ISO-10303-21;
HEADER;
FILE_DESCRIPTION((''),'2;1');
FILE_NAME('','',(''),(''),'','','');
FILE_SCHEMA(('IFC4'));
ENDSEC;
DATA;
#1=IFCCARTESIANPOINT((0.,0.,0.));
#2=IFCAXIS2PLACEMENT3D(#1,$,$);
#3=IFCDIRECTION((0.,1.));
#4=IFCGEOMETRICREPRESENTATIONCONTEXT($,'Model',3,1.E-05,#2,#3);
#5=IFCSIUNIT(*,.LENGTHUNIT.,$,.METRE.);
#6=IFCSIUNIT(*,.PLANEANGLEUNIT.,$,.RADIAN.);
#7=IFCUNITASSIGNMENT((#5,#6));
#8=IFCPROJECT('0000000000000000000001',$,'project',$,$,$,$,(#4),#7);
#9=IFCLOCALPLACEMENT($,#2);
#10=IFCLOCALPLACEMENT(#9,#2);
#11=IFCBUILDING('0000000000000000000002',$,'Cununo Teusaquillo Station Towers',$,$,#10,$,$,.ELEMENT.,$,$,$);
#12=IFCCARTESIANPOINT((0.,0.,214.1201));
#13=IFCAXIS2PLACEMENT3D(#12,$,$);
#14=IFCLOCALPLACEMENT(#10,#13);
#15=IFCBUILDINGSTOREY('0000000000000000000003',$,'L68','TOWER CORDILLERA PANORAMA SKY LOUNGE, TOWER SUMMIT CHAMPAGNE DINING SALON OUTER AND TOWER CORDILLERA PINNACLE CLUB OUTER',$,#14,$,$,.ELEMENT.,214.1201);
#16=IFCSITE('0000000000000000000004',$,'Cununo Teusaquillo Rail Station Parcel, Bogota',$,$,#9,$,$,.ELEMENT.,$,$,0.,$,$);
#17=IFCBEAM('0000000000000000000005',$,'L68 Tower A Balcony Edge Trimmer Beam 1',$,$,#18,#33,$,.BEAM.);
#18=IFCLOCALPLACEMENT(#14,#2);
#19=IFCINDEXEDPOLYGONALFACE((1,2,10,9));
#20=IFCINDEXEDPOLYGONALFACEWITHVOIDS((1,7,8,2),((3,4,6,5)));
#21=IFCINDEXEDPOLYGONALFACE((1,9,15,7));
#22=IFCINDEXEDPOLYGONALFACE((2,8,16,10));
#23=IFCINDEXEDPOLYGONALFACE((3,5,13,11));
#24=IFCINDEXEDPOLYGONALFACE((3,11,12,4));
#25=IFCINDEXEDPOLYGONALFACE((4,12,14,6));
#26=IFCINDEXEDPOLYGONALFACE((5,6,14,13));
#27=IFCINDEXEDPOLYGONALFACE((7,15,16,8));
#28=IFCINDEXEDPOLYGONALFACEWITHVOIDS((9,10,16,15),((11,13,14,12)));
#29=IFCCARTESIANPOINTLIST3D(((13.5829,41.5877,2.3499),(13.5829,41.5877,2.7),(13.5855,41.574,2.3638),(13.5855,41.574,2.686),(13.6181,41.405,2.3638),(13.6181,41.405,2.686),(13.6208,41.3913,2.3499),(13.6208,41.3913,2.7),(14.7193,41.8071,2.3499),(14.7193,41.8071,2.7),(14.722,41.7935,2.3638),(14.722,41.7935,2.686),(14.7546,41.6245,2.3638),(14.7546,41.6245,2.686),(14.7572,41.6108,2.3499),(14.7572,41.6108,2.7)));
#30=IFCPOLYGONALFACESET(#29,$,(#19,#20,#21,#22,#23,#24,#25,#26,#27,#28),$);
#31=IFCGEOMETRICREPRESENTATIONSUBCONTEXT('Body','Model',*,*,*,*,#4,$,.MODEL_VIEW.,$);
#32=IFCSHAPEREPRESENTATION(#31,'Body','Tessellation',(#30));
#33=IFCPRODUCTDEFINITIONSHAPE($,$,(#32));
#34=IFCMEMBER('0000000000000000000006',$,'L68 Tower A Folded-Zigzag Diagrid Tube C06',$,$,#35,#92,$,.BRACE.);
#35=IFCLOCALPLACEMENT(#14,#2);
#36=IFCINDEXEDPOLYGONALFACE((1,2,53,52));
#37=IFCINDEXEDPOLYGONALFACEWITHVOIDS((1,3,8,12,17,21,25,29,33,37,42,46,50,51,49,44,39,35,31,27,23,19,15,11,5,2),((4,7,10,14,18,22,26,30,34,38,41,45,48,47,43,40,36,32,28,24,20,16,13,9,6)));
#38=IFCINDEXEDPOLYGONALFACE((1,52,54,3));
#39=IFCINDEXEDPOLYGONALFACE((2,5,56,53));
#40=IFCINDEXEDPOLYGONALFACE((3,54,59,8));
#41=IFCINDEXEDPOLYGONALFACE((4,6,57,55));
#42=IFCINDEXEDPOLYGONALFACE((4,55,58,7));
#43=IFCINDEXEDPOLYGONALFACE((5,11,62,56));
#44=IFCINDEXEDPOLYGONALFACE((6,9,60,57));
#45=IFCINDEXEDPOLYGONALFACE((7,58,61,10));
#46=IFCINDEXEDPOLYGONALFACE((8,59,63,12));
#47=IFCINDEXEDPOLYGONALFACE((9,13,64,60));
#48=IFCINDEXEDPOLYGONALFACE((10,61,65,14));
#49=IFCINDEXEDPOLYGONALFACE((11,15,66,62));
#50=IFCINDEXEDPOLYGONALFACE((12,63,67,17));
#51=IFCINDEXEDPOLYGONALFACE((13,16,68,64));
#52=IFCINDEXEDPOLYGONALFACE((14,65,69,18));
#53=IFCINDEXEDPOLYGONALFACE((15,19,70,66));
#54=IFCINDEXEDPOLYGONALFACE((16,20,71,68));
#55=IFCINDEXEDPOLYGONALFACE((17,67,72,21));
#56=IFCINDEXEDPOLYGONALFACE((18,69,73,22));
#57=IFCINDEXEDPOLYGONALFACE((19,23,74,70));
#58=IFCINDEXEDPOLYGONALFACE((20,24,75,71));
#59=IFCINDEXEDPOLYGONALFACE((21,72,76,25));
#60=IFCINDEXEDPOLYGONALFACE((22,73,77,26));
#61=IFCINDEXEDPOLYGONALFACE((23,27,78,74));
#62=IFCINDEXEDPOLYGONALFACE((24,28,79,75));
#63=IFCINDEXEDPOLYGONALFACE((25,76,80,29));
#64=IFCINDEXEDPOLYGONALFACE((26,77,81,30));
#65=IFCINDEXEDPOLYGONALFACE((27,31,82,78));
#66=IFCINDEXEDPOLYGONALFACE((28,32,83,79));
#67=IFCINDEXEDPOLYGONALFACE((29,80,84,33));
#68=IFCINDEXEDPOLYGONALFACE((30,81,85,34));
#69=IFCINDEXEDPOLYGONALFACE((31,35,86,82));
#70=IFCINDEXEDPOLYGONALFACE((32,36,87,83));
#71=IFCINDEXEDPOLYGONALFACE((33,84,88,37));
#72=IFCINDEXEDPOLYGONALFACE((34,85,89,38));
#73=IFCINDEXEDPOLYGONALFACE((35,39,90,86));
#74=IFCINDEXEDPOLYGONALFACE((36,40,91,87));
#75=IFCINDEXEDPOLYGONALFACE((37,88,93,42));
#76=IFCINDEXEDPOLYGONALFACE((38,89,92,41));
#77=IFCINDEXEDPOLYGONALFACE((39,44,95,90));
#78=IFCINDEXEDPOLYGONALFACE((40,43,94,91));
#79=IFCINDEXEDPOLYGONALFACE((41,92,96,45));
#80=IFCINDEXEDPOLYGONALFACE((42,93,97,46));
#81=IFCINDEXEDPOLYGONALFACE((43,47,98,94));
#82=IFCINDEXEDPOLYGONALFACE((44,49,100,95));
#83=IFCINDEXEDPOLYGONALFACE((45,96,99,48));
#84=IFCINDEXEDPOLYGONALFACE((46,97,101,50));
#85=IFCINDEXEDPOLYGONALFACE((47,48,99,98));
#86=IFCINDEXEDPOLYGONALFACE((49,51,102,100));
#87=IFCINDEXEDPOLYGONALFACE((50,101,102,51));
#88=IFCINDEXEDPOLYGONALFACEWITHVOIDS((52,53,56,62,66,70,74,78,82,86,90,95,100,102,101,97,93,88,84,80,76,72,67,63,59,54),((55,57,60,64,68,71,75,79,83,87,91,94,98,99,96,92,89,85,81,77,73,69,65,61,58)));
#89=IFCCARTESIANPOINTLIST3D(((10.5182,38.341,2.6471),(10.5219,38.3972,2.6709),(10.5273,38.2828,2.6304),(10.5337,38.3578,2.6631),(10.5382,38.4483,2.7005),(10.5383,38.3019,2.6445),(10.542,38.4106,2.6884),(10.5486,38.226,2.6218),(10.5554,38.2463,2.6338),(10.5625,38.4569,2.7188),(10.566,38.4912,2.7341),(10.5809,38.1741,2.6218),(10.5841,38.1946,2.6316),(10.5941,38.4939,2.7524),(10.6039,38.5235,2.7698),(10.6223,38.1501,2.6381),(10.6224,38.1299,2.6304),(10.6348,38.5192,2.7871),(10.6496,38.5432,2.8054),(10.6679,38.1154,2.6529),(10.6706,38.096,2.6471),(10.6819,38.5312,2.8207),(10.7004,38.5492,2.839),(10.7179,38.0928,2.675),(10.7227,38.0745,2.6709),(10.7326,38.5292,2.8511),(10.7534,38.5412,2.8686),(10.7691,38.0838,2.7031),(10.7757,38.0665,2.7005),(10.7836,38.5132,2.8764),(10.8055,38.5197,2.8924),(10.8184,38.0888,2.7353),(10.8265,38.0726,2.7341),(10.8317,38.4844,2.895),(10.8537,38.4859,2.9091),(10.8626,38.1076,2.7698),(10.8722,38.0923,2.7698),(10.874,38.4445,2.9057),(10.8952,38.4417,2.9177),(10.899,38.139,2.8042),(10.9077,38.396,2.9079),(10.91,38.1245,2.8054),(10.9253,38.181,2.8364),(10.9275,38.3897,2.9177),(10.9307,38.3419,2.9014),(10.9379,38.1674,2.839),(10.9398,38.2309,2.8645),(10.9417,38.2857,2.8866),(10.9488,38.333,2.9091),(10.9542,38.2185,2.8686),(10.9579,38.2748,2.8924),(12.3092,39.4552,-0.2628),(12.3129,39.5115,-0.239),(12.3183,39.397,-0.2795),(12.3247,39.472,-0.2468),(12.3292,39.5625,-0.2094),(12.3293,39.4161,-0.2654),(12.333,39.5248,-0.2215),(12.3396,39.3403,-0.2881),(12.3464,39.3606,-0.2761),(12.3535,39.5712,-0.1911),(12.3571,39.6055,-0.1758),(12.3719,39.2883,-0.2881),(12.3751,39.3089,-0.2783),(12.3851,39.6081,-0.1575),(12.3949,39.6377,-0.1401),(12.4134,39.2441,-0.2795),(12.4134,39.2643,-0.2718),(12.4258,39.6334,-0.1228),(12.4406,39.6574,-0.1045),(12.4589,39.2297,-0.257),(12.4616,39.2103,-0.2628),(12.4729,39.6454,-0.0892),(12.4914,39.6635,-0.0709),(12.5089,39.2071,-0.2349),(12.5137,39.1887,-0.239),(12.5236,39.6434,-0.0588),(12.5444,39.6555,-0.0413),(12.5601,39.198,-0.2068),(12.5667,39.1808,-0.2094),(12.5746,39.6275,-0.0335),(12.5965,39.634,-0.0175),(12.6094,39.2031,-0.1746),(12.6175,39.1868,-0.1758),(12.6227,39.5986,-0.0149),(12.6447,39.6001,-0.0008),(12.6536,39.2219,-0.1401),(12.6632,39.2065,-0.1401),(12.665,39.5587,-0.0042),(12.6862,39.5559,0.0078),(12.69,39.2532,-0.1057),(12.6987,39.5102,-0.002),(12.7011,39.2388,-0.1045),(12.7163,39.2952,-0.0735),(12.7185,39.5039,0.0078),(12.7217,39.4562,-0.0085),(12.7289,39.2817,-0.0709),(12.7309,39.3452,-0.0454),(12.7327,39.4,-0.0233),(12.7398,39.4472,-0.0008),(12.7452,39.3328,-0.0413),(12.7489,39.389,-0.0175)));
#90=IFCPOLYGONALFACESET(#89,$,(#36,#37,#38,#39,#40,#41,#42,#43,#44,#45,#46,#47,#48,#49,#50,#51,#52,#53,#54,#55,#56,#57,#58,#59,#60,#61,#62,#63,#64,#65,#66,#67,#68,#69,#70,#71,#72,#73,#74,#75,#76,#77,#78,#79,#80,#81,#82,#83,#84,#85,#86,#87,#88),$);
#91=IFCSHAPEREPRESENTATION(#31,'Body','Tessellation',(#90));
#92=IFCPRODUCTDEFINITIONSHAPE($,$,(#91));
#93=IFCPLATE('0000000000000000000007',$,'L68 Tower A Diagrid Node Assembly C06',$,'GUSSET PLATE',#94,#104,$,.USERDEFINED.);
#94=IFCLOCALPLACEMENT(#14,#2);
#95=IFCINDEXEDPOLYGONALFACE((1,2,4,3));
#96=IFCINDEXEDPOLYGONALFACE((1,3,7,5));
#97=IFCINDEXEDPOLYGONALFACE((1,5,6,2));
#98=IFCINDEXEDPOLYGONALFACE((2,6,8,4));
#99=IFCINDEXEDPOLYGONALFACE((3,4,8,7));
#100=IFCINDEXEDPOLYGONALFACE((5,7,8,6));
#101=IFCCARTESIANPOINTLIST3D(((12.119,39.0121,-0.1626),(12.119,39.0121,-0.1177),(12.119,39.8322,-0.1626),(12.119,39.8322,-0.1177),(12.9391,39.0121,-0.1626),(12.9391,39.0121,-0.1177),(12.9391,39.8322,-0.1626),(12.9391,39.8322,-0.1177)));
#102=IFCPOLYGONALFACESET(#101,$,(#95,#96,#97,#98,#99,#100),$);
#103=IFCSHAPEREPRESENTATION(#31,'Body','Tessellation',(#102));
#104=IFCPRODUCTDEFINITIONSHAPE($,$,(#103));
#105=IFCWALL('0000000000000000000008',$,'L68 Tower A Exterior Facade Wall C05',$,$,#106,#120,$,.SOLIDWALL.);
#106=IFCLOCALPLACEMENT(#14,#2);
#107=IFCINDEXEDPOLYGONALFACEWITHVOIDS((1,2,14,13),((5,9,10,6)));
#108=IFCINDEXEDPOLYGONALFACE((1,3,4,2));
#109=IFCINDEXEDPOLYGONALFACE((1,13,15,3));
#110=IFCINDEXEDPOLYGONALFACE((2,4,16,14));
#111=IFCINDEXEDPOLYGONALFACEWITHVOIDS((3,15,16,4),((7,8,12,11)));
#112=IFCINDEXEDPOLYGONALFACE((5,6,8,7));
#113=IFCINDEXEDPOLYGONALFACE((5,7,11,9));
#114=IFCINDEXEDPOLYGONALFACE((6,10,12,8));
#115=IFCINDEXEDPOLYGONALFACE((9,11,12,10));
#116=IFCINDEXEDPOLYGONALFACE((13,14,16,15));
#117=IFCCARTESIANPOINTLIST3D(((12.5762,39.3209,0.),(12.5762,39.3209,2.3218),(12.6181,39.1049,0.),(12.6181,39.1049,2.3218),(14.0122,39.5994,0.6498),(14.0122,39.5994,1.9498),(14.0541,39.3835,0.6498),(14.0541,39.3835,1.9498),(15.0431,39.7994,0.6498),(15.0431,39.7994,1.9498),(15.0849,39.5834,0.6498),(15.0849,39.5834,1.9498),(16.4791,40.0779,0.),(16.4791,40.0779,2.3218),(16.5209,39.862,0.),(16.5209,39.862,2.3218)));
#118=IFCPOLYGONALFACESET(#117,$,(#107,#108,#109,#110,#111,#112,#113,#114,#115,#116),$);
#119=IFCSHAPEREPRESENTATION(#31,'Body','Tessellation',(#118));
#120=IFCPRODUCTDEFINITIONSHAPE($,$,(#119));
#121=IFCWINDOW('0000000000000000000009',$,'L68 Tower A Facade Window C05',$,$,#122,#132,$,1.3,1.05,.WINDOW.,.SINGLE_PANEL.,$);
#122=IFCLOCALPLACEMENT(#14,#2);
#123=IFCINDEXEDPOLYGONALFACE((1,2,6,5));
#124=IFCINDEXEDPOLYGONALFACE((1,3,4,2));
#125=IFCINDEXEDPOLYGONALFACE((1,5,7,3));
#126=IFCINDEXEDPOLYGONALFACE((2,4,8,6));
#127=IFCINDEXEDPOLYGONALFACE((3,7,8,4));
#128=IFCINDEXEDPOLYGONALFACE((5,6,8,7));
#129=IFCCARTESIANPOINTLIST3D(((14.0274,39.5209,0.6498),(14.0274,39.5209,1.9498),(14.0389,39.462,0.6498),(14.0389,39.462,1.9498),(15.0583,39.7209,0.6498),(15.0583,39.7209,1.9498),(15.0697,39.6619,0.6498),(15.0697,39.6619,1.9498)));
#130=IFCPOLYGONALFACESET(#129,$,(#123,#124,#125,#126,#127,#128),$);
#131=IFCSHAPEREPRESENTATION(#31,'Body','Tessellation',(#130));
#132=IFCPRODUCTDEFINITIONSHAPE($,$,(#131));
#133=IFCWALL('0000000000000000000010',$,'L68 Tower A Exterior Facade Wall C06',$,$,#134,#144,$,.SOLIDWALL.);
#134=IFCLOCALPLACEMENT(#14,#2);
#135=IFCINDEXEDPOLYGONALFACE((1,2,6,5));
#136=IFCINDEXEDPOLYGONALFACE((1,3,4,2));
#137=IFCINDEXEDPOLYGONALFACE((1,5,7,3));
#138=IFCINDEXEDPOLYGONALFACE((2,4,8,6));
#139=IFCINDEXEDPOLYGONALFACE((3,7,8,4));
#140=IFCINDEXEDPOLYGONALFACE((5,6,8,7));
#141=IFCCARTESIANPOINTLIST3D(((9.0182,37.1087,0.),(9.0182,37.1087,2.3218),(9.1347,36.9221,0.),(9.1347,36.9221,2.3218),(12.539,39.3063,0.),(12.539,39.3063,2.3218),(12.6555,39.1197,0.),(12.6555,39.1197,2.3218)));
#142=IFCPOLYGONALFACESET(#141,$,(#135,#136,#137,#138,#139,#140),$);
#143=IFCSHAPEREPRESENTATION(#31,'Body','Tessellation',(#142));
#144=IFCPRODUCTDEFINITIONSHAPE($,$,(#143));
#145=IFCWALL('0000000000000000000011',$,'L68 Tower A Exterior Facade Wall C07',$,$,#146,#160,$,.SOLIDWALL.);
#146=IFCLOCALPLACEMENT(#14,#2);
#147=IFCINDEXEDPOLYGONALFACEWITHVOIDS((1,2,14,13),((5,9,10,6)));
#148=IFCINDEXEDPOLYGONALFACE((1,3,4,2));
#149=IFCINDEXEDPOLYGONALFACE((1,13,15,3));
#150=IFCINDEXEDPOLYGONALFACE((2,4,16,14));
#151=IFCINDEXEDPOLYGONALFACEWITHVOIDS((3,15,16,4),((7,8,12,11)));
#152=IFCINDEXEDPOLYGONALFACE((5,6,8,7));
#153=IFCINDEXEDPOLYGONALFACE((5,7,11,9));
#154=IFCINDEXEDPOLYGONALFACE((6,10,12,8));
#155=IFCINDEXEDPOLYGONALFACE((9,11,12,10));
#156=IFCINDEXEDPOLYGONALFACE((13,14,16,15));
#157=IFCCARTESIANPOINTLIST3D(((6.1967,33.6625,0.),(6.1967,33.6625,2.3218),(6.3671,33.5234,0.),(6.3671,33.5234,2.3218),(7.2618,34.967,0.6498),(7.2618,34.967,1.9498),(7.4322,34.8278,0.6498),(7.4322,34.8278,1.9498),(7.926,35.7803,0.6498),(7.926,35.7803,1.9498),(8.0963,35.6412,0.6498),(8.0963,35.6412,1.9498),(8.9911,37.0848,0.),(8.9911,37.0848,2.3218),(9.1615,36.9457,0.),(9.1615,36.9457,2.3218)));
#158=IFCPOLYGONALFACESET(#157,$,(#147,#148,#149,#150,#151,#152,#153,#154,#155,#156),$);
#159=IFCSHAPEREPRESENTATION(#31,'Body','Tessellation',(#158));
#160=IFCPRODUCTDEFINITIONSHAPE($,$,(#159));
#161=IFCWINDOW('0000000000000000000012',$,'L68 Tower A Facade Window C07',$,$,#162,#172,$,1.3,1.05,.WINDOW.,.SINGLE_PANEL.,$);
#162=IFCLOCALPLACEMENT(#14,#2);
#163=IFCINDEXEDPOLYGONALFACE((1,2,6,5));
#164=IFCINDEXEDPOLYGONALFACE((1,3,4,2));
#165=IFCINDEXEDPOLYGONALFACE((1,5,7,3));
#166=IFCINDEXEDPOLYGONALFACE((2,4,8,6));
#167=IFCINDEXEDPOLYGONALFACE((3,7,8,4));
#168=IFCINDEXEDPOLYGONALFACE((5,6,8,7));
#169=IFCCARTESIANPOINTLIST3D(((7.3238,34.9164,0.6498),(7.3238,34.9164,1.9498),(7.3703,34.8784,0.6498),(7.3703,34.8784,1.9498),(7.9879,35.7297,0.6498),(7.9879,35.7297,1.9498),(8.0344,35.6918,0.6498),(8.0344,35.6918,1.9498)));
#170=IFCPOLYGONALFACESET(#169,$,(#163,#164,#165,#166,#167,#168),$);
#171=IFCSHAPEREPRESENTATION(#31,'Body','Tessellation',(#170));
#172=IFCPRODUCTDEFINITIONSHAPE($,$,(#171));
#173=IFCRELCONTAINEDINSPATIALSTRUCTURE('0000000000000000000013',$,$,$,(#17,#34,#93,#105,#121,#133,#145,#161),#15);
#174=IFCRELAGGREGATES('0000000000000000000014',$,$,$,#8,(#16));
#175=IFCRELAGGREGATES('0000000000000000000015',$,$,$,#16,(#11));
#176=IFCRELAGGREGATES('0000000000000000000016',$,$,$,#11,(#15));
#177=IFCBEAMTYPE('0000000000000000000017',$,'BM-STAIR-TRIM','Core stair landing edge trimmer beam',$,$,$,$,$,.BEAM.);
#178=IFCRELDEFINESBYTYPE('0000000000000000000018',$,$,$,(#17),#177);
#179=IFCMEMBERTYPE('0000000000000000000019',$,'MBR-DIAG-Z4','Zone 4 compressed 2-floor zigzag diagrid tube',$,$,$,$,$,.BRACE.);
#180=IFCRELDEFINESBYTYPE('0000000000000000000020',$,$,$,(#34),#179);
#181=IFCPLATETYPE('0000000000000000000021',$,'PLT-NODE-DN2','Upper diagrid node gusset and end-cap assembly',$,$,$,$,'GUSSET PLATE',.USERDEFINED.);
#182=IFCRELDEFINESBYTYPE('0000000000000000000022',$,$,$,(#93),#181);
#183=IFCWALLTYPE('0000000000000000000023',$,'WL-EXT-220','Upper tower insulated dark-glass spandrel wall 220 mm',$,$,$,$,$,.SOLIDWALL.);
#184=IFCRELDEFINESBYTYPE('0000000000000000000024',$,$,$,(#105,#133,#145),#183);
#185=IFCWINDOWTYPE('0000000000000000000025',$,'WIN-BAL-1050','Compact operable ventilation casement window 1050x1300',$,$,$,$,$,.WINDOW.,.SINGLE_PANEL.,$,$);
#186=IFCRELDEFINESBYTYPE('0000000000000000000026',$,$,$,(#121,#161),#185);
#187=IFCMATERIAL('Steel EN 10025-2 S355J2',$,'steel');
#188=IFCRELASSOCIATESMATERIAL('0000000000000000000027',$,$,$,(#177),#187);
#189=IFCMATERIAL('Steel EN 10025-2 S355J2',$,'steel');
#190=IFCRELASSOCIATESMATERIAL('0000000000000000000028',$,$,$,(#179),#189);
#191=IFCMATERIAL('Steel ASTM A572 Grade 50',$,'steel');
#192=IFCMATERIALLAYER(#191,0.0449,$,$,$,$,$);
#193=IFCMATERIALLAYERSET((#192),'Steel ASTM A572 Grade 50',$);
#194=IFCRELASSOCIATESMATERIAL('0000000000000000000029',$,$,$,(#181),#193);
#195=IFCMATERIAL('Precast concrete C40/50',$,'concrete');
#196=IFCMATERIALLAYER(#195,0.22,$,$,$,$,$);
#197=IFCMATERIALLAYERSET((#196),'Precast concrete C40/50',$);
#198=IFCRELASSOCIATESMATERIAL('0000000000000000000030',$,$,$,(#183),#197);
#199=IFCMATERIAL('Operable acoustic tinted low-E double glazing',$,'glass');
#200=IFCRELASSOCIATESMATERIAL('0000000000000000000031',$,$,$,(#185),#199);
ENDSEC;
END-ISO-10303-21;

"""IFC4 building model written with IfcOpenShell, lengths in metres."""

from ifc_helpers import new_model, si_unit, direction, frame, frame_2d, origin, origin_2d, place, context, subcontext, project, spatial, rectangle, hollow_rectangle, hollow_circle, extrude, source, transform, mapped, material, layer, layer_set, material_profile, profile_set, type_object, element, fill, save


model = new_model("IFC4")

# Units and contexts
model_context = context("Model", 3, precision=1e-05, world=origin(), true_north=direction((0.0, 1.0)))
body_context = subcontext(model_context, "Body", "Model", "MODEL_VIEW")
ifc_project = project(units=[si_unit("LENGTHUNIT", "METRE"), si_unit("PLANEANGLEUNIT", "RADIAN")], contexts=[model_context])

# Site, building, storey
site_placement = place(None, origin())
site = spatial("IfcSite", under=ifc_project, at=site_placement, Name="Cununo Teusaquillo Rail Station Parcel, Bogota", CompositionType="ELEMENT", RefElevation=0.0)
building_placement = place(site_placement, origin())
building = spatial("IfcBuilding", under=site, at=building_placement, Name="Cununo Teusaquillo Station Towers", CompositionType="ELEMENT")
storey_placement = place(building_placement, frame((0.0, 0.0, 214.1201)))
storey = spatial("IfcBuildingStorey", under=building, at=storey_placement, Name="L68", Description="TOWER CORDILLERA PANORAMA SKY LOUNGE, TOWER SUMMIT CHAMPAGNE DINING SALON OUTER AND TOWER CORDILLERA PINNACLE CLUB OUTER", CompositionType="ELEMENT", Elevation=214.1201)

# Beam
ifc_material_1 = material(Name="Steel EN 10025-2 S355J2", Category="steel")
ifc_material_profile_1 = material_profile(ifc_material_1, hollow_rectangle(XDim=0.2, YDim=0.3501, WallThickness=0.0139, at=origin_2d()), Name="RHS 350x200x14")
ifc_profile_set_1 = profile_set([ifc_material_profile_1], Name="Steel EN 10025-2 S355J2")
beam_type_1 = type_object("IfcBeamType", Name="BM-STAIR-TRIM", Description="Core stair landing edge trimmer beam", PredefinedType="BEAM", material=ifc_profile_set_1)
beam_1_placement = place(storey_placement, frame((14.7383, 41.709, 2.5249), z_axis=(-0.981857, -0.189622, 0.0), x_axis=(0.189622, -0.981857, 0.0)))
element("IfcBeam", 1, at=beam_1_placement, inside=storey, type_object=beam_type_1, Name="L68 Tower A Balcony Edge Trimmer Beam 1", PredefinedType="BEAM", context=body_context, shape_type="SweptSolid", body=[
    extrude(hollow_rectangle(XDim=0.2, YDim=0.3501, WallThickness=0.0139, at=origin_2d()), origin(), (0.0, 0.0, 1.0), 1.1575),
])

# Member
ifc_material_2 = material(Name="Steel EN 10025-2 S355J2", Category="steel")
ifc_material_profile_2 = material_profile(ifc_material_2, hollow_circle(Radius=0.2539, WallThickness=0.0181, at=origin_2d()), Name="CHS 508x18")
ifc_profile_set_2 = profile_set([ifc_material_profile_2], Name="Steel EN 10025-2 S355J2")
member_type = type_object("IfcMemberType", Name="MBR-DIAG-Z4", Description="Zone 4 compressed 2-floor zigzag diagrid tube", PredefinedType="BRACE", material=ifc_profile_set_2)
member_placement = place(storey_placement, frame((12.5291, 39.4221, -0.1401), z_axis=(-0.498334, -0.310032, 0.809656), x_axis=(0.52825, -0.849089, 0.0)))
element("IfcMember", 2, at=member_placement, inside=storey, type_object=member_type, Name="L68 Tower A Folded-Zigzag Diagrid Tube C06", PredefinedType="BRACE", context=body_context, shape_type="SweptSolid", body=[
    extrude(hollow_circle(Radius=0.2539, WallThickness=0.0181, at=origin_2d()), origin(), (0.0, 0.0, 1.0), 3.594),
])

# Plate
ifc_material_3 = material(Name="Steel ASTM A572 Grade 50", Category="steel")
ifc_layer_1 = layer(ifc_material_3, 0.0449)
ifc_layer_set_1 = layer_set([ifc_layer_1], Name="Steel ASTM A572 Grade 50")
plate_type = type_object("IfcPlateType", Name="PLT-NODE-DN2", Description="Upper diagrid node gusset and end-cap assembly", ElementType="GUSSET PLATE", PredefinedType="USERDEFINED", material=ifc_layer_set_1)
shared_shape_1 = source(origin(), body_context, "Body", "SweptSolid", [
    extrude(rectangle(XDim=0.8201, YDim=0.8201, at=origin_2d()), origin(), (0.0, 0.0, 1.0), 0.0449),
])
plate_placement = place(storey_placement, frame((12.5291, 39.4221, -0.1626), z_axis=(0.0, 0.0, 1.0), x_axis=(1.0, 0.0, 0.0)))
element("IfcPlate", 3, at=plate_placement, inside=storey, type_object=plate_type, Name="L68 Tower A Diagrid Node Assembly C06", ObjectType="GUSSET PLATE", PredefinedType="USERDEFINED", context=body_context, shape_type="MappedRepresentation", body=[
    mapped(shared_shape_1, transform((0.0, 0.0, 0.0), x_axis=(1.0, 0.0, 0.0), y_axis=(0.0, 1.0, 0.0), z_axis=(0.0, 0.0, 1.0), scale=1.0)),
])

# Wall, opening, window
ifc_material_4 = material(Name="Precast concrete C40/50", Category="concrete")
ifc_layer_2 = layer(ifc_material_4, 0.22)
ifc_layer_set_2 = layer_set([ifc_layer_2], Name="Precast concrete C40/50")
wall_type_1 = type_object("IfcWallType", Name="WL-EXT-220", Description="Upper tower insulated dark-glass spandrel wall 220 mm", PredefinedType="SOLIDWALL", material=ifc_layer_set_2)
wall_1_placement = place(storey_placement, frame((12.5972, 39.2129, 0.0), z_axis=(0.0, 0.0, 1.0), x_axis=(0.9817, 0.190432, 0.0)))
wall_1 = element("IfcWall", 4, at=wall_1_placement, inside=storey, type_object=wall_type_1, Name="L68 Tower A Exterior Facade Wall C05", PredefinedType="SOLIDWALL", context=body_context, shape_type="SweptSolid", body=[
    extrude(rectangle(XDim=3.9756, YDim=0.22, at=frame_2d((1.9878, 0.0))), origin(), (0.0, 0.0, 1.0), 2.3218),
])
shared_shape_2 = source(origin(), body_context, "Body", "SweptSolid", [
    extrude(rectangle(XDim=1.05, YDim=1.3, at=frame_2d((0.5249, 0.6499))), frame((0.0, 0.1199, 0.0), z_axis=(0.0, -1.0, 0.0), x_axis=(1.0, 0.0, 0.0)), (0.0, 0.0, 1.0), 0.24),
])
opening_1_placement = place(wall_1_placement, frame((1.4629, 0.0, 0.6499)))
opening_1 = element("IfcOpeningElement", 5, at=opening_1_placement, cuts=wall_1, PredefinedType="OPENING", context=body_context, shape_type="MappedRepresentation", body=[
    mapped(shared_shape_2, transform((0.0, 0.0, 0.0), x_axis=(1.0, 0.0, 0.0), y_axis=(0.0, 1.0, 0.0), z_axis=(0.0, 0.0, 1.0), scale=1.0)),
])
ifc_material_5 = material(Name="Operable acoustic tinted low-E double glazing", Category="glass")
window_type = type_object("IfcWindowType", Name="WIN-BAL-1050", Description="Compact operable ventilation casement window 1050x1300", PartitioningType="SINGLE_PANEL", PredefinedType="WINDOW", material=ifc_material_5)
shared_shape_3 = source(origin(), body_context, "Body", "SweptSolid", [
    extrude(rectangle(XDim=1.05, YDim=1.3, at=frame_2d((0.5249, 0.6499))), frame((0.0, 0.03, 0.0), z_axis=(0.0, -1.0, 0.0), x_axis=(1.0, 0.0, 0.0)), (0.0, 0.0, 1.0), 0.0601),
])
window_1_placement = place(opening_1_placement, origin())
window_1 = element("IfcWindow", 6, at=window_1_placement, inside=storey, type_object=window_type, Name="L68 Tower A Facade Window C05", OverallHeight=1.3, OverallWidth=1.05, PartitioningType="SINGLE_PANEL", PredefinedType="WINDOW", context=body_context, shape_type="MappedRepresentation", body=[
    mapped(shared_shape_3, transform((0.0, 0.0, 0.0), x_axis=(1.0, 0.0, 0.0), y_axis=(0.0, 1.0, 0.0), z_axis=(0.0, 0.0, 1.0), scale=1.0)),
])
fill(opening_1, window_1)

# Wall
wall_2_placement = place(storey_placement, frame((9.0764, 37.0154, 0.0), z_axis=(0.0, 0.0, 1.0), x_axis=(0.848319, 0.529486, 0.0)))
element("IfcWall", 7, at=wall_2_placement, inside=storey, type_object=wall_type_1, Name="L68 Tower A Exterior Facade Wall C06", PredefinedType="SOLIDWALL", context=body_context, shape_type="SweptSolid", body=[
    extrude(rectangle(XDim=4.1504, YDim=0.22, at=frame_2d((2.0752, 0.0))), origin(), (0.0, 0.0, 1.0), 2.3218),
])

# Wall, opening, window
wall_3_placement = place(storey_placement, frame((6.282, 33.593, 0.0), z_axis=(0.0, 0.0, 1.0), x_axis=(0.632467, 0.774587, 0.0)))
wall_3 = element("IfcWall", 8, at=wall_3_placement, inside=storey, type_object=wall_type_1, Name="L68 Tower A Exterior Facade Wall C07", PredefinedType="SOLIDWALL", context=body_context, shape_type="SweptSolid", body=[
    extrude(rectangle(XDim=4.4182, YDim=0.22, at=frame_2d((2.209, 0.0))), origin(), (0.0, 0.0, 1.0), 2.3218),
])
opening_2_placement = place(wall_3_placement, frame((1.6841, 0.0, 0.6499)))
opening_2 = element("IfcOpeningElement", 9, at=opening_2_placement, cuts=wall_3, PredefinedType="OPENING", context=body_context, shape_type="MappedRepresentation", body=[
    mapped(shared_shape_2, transform((0.0, 0.0, 0.0), x_axis=(1.0, 0.0, 0.0), y_axis=(0.0, 1.0, 0.0), z_axis=(0.0, 0.0, 1.0), scale=1.0)),
])
window_2_placement = place(opening_2_placement, origin())
window_2 = element("IfcWindow", 10, at=window_2_placement, inside=storey, type_object=window_type, Name="L68 Tower A Facade Window C07", OverallHeight=1.3, OverallWidth=1.05, PartitioningType="SINGLE_PANEL", PredefinedType="WINDOW", context=body_context, shape_type="MappedRepresentation", body=[
    mapped(shared_shape_3, transform((0.0, 0.0, 0.0), x_axis=(1.0, 0.0, 0.0), y_axis=(0.0, 1.0, 0.0), z_axis=(0.0, 0.0, 1.0), scale=1.0)),
])
fill(opening_2, window_2)

save(model, "model.ifc")
